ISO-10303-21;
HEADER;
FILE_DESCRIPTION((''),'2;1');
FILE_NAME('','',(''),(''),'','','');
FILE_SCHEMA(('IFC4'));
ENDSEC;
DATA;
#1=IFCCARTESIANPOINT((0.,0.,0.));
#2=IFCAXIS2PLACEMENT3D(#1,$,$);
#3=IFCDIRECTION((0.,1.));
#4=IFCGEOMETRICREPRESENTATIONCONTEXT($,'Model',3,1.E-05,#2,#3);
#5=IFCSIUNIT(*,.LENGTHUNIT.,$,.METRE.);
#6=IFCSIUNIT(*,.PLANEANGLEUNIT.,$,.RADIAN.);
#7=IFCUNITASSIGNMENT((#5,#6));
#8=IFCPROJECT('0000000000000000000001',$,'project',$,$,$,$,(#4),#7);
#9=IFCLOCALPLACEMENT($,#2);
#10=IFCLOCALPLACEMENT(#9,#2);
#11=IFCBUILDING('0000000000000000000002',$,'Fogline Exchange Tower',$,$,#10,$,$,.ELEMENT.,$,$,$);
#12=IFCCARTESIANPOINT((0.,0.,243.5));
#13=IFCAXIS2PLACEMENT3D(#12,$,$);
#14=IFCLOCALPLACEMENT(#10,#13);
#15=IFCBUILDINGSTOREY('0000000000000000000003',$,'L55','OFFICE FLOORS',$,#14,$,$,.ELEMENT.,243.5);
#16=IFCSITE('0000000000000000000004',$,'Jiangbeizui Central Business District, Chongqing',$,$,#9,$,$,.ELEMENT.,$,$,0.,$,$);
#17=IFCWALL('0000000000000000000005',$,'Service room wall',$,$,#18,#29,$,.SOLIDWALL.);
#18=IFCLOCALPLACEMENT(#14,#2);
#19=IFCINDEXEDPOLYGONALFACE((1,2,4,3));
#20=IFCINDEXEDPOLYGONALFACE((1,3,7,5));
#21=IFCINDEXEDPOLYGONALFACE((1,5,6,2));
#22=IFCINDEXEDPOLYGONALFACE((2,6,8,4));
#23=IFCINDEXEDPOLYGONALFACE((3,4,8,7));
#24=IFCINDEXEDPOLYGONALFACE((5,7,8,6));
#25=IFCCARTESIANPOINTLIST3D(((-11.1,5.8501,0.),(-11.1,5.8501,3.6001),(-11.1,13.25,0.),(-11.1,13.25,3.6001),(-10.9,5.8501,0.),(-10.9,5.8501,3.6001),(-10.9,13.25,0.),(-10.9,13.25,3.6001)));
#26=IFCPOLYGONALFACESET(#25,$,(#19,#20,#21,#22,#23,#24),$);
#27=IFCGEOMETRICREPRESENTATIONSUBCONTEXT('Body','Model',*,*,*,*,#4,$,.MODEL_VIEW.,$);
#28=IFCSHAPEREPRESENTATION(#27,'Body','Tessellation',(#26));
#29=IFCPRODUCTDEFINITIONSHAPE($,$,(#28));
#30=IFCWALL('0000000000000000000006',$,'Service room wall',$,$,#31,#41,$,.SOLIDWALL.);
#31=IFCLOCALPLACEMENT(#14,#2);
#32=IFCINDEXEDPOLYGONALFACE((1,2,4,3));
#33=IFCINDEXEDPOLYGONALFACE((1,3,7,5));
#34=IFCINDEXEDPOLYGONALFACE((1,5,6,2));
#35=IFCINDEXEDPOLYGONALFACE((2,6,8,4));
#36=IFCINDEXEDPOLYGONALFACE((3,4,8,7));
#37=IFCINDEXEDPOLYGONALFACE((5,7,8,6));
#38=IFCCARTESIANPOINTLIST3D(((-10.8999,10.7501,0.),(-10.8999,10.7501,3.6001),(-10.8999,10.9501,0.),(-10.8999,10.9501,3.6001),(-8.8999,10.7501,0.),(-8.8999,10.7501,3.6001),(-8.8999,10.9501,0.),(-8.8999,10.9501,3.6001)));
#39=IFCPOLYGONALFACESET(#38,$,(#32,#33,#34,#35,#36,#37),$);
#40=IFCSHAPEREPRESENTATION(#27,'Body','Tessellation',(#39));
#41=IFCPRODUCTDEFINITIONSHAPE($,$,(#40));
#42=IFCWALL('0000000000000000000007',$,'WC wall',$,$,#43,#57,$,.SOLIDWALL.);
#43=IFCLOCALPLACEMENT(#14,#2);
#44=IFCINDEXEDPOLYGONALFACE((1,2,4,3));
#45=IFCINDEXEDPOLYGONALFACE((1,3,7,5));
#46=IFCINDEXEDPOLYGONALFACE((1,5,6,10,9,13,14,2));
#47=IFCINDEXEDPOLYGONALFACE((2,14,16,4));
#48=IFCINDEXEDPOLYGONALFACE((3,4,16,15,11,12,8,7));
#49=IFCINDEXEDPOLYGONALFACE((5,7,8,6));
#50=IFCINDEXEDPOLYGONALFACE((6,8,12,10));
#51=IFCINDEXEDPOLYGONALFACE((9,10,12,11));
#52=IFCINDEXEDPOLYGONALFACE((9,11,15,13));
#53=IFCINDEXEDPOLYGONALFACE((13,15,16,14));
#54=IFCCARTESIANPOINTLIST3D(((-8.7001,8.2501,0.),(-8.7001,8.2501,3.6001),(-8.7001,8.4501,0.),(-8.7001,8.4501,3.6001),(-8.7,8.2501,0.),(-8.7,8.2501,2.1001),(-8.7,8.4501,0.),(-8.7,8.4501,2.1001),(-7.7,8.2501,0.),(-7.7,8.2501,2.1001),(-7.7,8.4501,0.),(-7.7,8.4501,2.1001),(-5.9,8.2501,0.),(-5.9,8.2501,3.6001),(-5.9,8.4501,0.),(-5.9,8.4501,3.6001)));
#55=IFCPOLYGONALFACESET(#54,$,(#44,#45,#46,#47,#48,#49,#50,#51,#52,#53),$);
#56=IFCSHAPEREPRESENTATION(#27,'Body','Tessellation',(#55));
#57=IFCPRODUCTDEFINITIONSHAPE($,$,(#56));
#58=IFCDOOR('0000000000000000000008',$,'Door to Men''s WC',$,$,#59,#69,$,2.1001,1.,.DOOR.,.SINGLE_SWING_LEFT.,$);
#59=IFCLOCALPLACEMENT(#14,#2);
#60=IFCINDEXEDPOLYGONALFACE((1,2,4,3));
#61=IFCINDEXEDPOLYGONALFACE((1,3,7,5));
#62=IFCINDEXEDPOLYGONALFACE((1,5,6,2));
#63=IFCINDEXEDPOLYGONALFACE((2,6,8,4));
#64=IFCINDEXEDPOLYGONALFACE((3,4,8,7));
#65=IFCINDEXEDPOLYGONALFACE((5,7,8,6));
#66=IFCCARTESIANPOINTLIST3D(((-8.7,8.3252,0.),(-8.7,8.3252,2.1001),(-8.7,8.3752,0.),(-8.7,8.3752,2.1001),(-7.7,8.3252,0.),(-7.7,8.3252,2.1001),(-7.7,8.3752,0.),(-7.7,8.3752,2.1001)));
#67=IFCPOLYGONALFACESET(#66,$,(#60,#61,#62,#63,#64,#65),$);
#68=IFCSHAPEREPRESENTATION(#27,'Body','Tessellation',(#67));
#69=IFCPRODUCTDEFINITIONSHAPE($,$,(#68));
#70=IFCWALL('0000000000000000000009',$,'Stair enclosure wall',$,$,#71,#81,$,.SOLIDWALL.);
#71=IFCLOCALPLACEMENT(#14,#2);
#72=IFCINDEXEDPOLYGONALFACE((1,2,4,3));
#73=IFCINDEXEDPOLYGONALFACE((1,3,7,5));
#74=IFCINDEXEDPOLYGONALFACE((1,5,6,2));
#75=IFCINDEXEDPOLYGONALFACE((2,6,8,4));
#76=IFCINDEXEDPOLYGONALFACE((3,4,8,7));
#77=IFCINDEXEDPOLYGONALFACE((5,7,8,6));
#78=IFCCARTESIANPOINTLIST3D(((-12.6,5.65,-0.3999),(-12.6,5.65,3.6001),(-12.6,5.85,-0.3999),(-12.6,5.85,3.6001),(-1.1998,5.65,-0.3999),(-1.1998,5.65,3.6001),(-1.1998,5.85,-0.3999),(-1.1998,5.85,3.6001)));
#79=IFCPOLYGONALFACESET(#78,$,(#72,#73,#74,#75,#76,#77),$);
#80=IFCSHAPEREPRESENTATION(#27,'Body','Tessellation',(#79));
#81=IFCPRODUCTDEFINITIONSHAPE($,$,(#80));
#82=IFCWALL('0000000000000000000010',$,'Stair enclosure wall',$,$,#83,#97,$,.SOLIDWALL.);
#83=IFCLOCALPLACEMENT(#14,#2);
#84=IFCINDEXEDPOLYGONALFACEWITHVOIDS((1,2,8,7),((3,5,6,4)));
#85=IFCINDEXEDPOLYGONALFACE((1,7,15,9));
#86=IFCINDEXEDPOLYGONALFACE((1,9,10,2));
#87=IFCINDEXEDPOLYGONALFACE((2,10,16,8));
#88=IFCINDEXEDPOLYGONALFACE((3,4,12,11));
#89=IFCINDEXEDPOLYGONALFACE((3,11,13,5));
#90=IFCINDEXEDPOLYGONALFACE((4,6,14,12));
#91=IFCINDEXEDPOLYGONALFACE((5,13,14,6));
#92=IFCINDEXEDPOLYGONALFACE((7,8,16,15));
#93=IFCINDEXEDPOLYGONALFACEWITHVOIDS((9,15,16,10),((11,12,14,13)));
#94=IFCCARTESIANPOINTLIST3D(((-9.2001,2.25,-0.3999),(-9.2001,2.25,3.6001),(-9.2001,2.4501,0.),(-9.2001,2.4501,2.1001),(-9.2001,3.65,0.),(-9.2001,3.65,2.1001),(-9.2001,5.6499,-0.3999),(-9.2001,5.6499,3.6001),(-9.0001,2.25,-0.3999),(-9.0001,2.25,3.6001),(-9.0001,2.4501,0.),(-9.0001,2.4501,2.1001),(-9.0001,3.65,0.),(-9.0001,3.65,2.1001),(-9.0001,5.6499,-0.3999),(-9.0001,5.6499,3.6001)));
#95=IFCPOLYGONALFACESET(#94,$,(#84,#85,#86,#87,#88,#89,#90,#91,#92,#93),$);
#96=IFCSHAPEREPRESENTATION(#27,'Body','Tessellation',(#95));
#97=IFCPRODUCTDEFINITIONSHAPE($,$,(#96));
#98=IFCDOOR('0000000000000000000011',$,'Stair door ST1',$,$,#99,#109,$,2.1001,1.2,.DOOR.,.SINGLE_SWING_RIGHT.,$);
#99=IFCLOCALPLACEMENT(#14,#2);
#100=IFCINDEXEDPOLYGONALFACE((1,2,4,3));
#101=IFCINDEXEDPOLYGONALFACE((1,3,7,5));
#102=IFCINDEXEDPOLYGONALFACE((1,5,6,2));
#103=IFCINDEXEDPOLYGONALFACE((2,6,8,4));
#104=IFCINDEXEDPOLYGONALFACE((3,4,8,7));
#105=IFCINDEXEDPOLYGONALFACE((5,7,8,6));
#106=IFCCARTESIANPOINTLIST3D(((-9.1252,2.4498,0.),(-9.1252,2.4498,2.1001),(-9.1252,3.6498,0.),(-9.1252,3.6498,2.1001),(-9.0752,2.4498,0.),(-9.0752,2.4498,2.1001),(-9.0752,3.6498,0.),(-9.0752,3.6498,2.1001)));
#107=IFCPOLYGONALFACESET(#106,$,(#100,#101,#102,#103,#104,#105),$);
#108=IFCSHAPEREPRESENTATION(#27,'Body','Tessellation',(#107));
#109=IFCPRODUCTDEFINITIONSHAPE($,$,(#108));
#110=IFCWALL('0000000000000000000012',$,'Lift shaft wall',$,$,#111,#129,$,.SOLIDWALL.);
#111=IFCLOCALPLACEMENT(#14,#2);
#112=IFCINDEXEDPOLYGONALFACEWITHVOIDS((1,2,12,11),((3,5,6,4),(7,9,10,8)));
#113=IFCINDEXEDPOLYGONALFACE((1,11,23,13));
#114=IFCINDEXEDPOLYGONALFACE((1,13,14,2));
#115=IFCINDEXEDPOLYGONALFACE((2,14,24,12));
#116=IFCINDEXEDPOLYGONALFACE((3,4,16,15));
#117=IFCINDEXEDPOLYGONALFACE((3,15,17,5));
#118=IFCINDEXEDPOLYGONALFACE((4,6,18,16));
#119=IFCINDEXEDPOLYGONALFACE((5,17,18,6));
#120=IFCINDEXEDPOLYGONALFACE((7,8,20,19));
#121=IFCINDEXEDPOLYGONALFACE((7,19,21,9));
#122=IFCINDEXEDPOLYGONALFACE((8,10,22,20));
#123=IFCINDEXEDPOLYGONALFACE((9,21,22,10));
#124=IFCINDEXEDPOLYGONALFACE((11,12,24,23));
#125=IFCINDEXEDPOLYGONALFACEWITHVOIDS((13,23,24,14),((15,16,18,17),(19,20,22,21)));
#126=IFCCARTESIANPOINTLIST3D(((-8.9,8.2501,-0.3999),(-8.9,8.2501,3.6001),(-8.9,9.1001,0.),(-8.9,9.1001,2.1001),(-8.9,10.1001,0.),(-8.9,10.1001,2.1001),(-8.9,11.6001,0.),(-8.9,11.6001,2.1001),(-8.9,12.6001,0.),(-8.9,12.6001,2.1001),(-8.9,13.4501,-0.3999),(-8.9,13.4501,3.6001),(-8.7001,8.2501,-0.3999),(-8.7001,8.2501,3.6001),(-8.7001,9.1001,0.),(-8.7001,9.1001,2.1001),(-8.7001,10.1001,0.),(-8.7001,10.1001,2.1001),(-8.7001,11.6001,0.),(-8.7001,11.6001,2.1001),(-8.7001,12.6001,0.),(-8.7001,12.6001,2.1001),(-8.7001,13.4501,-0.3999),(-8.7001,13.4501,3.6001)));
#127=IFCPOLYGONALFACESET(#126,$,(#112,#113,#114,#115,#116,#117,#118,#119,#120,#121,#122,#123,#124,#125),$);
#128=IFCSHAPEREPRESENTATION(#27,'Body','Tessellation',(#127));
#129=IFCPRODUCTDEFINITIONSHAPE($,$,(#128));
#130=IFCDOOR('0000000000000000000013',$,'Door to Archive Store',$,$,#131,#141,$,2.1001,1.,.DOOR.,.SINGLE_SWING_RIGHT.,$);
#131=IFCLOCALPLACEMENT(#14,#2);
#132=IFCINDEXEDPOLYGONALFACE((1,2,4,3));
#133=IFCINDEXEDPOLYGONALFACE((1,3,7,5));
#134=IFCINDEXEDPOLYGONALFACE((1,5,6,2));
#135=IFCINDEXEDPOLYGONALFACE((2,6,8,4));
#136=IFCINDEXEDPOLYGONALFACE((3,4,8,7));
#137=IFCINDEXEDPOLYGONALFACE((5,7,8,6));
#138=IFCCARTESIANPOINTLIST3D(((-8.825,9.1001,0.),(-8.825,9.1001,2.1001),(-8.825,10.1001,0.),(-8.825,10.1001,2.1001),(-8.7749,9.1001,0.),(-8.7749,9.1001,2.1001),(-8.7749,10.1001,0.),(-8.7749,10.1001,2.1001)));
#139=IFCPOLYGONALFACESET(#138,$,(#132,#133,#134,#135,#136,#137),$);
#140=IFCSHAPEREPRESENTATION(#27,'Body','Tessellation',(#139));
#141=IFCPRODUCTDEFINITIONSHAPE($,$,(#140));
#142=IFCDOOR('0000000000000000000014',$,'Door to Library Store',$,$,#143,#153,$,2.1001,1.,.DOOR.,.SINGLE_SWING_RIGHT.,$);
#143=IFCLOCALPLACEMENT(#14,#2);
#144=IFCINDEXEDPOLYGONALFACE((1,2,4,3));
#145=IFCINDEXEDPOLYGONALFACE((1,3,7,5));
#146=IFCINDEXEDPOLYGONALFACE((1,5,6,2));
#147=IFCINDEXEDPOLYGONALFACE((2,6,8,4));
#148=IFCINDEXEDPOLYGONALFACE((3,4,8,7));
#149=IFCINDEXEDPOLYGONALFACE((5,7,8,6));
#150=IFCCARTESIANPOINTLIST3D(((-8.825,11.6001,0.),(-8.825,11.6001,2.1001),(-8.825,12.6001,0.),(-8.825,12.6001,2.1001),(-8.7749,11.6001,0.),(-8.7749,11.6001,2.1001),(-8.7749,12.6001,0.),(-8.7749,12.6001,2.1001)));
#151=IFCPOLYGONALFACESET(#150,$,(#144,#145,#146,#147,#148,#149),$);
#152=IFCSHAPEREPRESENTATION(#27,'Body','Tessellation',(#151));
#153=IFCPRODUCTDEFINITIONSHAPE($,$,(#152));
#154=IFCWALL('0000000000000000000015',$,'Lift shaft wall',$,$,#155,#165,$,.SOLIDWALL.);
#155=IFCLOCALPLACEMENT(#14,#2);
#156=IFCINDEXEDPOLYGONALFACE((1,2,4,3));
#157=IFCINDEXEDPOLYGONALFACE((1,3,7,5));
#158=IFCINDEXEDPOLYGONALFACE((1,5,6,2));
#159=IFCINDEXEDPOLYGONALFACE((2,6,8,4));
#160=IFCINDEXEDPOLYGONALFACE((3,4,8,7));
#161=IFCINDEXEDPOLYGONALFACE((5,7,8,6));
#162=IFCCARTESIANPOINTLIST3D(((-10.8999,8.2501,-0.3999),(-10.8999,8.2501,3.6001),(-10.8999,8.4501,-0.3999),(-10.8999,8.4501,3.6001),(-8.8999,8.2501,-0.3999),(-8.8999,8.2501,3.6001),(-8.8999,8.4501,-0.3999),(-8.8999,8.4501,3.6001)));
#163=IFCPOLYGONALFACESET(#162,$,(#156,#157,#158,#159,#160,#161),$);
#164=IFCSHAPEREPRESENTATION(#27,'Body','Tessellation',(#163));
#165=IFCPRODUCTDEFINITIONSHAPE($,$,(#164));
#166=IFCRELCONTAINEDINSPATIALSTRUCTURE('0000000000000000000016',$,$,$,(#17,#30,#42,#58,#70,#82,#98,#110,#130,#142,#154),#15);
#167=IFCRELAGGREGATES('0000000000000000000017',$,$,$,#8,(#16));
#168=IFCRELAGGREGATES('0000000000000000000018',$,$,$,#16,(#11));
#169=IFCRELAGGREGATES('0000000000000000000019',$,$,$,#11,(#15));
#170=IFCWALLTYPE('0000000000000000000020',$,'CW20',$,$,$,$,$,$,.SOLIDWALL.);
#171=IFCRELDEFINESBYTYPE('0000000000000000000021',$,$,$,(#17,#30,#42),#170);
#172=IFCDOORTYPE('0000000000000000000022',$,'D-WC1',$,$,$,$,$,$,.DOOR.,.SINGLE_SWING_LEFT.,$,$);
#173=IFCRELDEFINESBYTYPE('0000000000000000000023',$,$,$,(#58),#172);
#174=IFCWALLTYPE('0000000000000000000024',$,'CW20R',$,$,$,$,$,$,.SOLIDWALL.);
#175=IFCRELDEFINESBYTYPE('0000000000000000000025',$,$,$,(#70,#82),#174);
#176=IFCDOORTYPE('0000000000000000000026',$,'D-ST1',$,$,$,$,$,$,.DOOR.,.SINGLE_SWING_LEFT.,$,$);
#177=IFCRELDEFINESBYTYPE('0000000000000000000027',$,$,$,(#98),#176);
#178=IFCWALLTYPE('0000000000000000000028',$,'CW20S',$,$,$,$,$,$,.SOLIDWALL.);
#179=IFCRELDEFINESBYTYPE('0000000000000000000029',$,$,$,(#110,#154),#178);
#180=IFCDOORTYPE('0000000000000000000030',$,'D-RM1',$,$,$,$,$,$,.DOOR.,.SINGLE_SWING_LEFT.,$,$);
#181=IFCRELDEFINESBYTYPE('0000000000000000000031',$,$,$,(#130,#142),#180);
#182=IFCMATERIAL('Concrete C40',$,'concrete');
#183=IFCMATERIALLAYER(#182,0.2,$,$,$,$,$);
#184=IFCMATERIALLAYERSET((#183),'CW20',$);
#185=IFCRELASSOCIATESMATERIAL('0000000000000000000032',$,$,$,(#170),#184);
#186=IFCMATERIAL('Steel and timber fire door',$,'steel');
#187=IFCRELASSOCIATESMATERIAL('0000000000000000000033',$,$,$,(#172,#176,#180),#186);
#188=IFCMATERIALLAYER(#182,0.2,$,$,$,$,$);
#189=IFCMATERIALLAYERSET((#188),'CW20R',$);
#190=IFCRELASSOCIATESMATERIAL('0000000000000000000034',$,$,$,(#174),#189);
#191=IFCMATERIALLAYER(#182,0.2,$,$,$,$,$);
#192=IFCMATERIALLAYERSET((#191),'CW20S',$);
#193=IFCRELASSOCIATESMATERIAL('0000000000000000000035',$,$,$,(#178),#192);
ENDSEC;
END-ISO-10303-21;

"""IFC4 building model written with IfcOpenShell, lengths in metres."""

from ifc_helpers import new_model, si_unit, direction, frame, frame_2d, origin, place, context, subcontext, project, spatial, rectangle, extrude, material, layer, layer_set, type_object, element, fill, save


model = new_model("IFC4")

# Units and contexts
model_context = context("Model", 3, precision=1e-05, world=origin(), true_north=direction((0.0, 1.0)))
body_context = subcontext(model_context, "Body", "Model", "MODEL_VIEW")
ifc_project = project(units=[si_unit("LENGTHUNIT", "METRE"), si_unit("PLANEANGLEUNIT", "RADIAN")], contexts=[model_context])

# Site, building, storey
site_placement = place(None, origin())
site = spatial("IfcSite", under=ifc_project, at=site_placement, Name="Jiangbeizui Central Business District, Chongqing", CompositionType="ELEMENT", RefElevation=0.0)
building_placement = place(site_placement, origin())
building = spatial("IfcBuilding", under=site, at=building_placement, Name="Fogline Exchange Tower", CompositionType="ELEMENT")
storey_placement = place(building_placement, frame((0.0, 0.0, 243.5)))
storey = spatial("IfcBuildingStorey", under=building, at=storey_placement, Name="L55", Description="OFFICE FLOORS", CompositionType="ELEMENT", Elevation=243.5)

# Walls
ifc_material_1 = material(Name="Concrete C40", Category="concrete")
ifc_layer_1 = layer(ifc_material_1, 0.2)
ifc_layer_set_1 = layer_set([ifc_layer_1], Name="CW20")
wall_type_1 = type_object("IfcWallType", Name="CW20", PredefinedType="SOLIDWALL", material=ifc_layer_set_1)
wall_1_placement = place(storey_placement, frame((-11.0, 5.8501, 0.0), z_axis=(0.0, 0.0, 1.0), x_axis=(0.0, 1.0, 0.0)))
element("IfcWall", 1, at=wall_1_placement, inside=storey, type_object=wall_type_1, Name="Service room wall", PredefinedType="SOLIDWALL", context=body_context, shape_type="SweptSolid", body=[
    extrude(rectangle(XDim=7.3999, YDim=0.2, at=frame_2d((3.7, 0.0))), origin(), (0.0, 0.0, 1.0), 3.6001),
])
wall_2_placement = place(storey_placement, frame((-10.8999, 10.8501, 0.0), z_axis=(0.0, 0.0, 1.0), x_axis=(1.0, 0.0, 0.0)))
element("IfcWall", 2, at=wall_2_placement, inside=storey, type_object=wall_type_1, Name="Service room wall", PredefinedType="SOLIDWALL", context=body_context, shape_type="SweptSolid", body=[
    extrude(rectangle(XDim=2.0, YDim=0.2, at=frame_2d((1.0, 0.0))), origin(), (0.0, 0.0, 1.0), 3.6001),
])

# Wall, opening, door
wall_3_placement = place(storey_placement, frame((-8.7, 8.3501, 0.0), z_axis=(0.0, 0.0, 1.0), x_axis=(1.0, 0.0, 0.0)))
wall_3 = element("IfcWall", 3, at=wall_3_placement, inside=storey, type_object=wall_type_1, Name="WC wall", PredefinedType="SOLIDWALL", context=body_context, shape_type="SweptSolid", body=[
    extrude(rectangle(XDim=2.8, YDim=0.2, at=frame_2d((1.3999, 0.0))), origin(), (0.0, 0.0, 1.0), 3.6001),
])
opening_1_placement = place(wall_3_placement, origin())
opening_1 = element("IfcOpeningElement", 4, at=opening_1_placement, cuts=wall_3, PredefinedType="OPENING", context=body_context, shape_type="SweptSolid", body=[
    extrude(rectangle(XDim=1.0, YDim=2.1001, at=frame_2d((0.5, 1.05))), frame((0.0, 0.1099, 0.0), z_axis=(0.0, -1.0, 0.0), x_axis=(1.0, 0.0, 0.0)), (0.0, 0.0, 1.0), 0.22),
])
ifc_material_2 = material(Name="Steel and timber fire door", Category="steel")
door_type_1 = type_object("IfcDoorType", Name="D-WC1", OperationType="SINGLE_SWING_LEFT", PredefinedType="DOOR", material=ifc_material_2)
door_1_placement = place(opening_1_placement, frame((1.0, 0.0, 0.0), z_axis=(0.0, 0.0, 1.0), x_axis=(-1.0, 0.0, 0.0)))
door_1 = element("IfcDoor", 5, at=door_1_placement, inside=storey, type_object=door_type_1, Name="Door to Men's WC", OperationType="SINGLE_SWING_LEFT", OverallHeight=2.1001, OverallWidth=1.0, PredefinedType="DOOR", context=body_context, shape_type="SweptSolid", body=[
    extrude(rectangle(XDim=1.0, YDim=2.1001, at=frame_2d((0.5, 1.05))), frame((0.0, 0.0249, 0.0), z_axis=(0.0, -1.0, 0.0), x_axis=(1.0, 0.0, 0.0)), (0.0, 0.0, 1.0), 0.05),
])
fill(opening_1, door_1)

# Wall
ifc_layer_2 = layer(ifc_material_1, 0.2)
ifc_layer_set_2 = layer_set([ifc_layer_2], Name="CW20R")
wall_type_2 = type_object("IfcWallType", Name="CW20R", PredefinedType="SOLIDWALL", material=ifc_layer_set_2)
wall_4_placement = place(storey_placement, frame((-12.6001, 5.75, -0.3999), z_axis=(0.0, 0.0, 1.0), x_axis=(1.0, 0.0, 0.0)))
element("IfcWall", 6, at=wall_4_placement, inside=storey, type_object=wall_type_2, Name="Stair enclosure wall", PredefinedType="SOLIDWALL", context=body_context, shape_type="SweptSolid", body=[
    extrude(rectangle(XDim=11.4001, YDim=0.2, at=frame_2d((5.7002, 0.0))), origin(), (0.0, 0.0, 1.0), 4.0),
])

# Wall, opening, door
wall_5_placement = place(storey_placement, frame((-9.1001, 2.25, -0.3999), z_axis=(0.0, 0.0, 1.0), x_axis=(0.0, 1.0, 0.0)))
wall_5 = element("IfcWall", 7, at=wall_5_placement, inside=storey, type_object=wall_type_2, Name="Stair enclosure wall", PredefinedType="SOLIDWALL", context=body_context, shape_type="SweptSolid", body=[
    extrude(rectangle(XDim=3.3999, YDim=0.2, at=frame_2d((1.7, 0.0))), origin(), (0.0, 0.0, 1.0), 4.0),
])
opening_2_placement = place(wall_5_placement, frame((0.2, 0.0, 0.3999)))
opening_2 = element("IfcOpeningElement", 8, at=opening_2_placement, cuts=wall_5, PredefinedType="OPENING", context=body_context, shape_type="SweptSolid", body=[
    extrude(rectangle(XDim=1.2, YDim=2.1001, at=frame_2d((0.6001, 1.05))), frame((0.0, 0.1099, 0.0), z_axis=(0.0, -1.0, 0.0), x_axis=(1.0, 0.0, 0.0)), (0.0, 0.0, 1.0), 0.22),
])
door_type_2 = type_object("IfcDoorType", Name="D-ST1", OperationType="SINGLE_SWING_LEFT", PredefinedType="DOOR", material=ifc_material_2)
door_2_placement = place(opening_2_placement, frame((1.2, 0.0, 0.0), z_axis=(0.0, 0.0, 1.0), x_axis=(-1.0, 0.0, 0.0)))
door_2 = element("IfcDoor", 9, at=door_2_placement, inside=storey, type_object=door_type_2, Name="Stair door ST1", OperationType="SINGLE_SWING_RIGHT", OverallHeight=2.1001, OverallWidth=1.2, PredefinedType="DOOR", context=body_context, shape_type="SweptSolid", body=[
    extrude(rectangle(XDim=1.2, YDim=2.1001, at=frame_2d((0.6001, 1.05))), frame((0.0, 0.0249, 0.0), z_axis=(0.0, -1.0, 0.0), x_axis=(1.0, 0.0, 0.0)), (0.0, 0.0, 1.0), 0.05),
])
fill(opening_2, door_2)

# Wall, openings, doors
ifc_layer_3 = layer(ifc_material_1, 0.2)
ifc_layer_set_3 = layer_set([ifc_layer_3], Name="CW20S")
wall_type_3 = type_object("IfcWallType", Name="CW20S", PredefinedType="SOLIDWALL", material=ifc_layer_set_3)
wall_6_placement = place(storey_placement, frame((-8.8, 8.25, -0.3999), z_axis=(0.0, 0.0, 1.0), x_axis=(0.0, 1.0, 0.0)))
wall_6 = element("IfcWall", 10, at=wall_6_placement, inside=storey, type_object=wall_type_3, Name="Lift shaft wall", PredefinedType="SOLIDWALL", context=body_context, shape_type="SweptSolid", body=[
    extrude(rectangle(XDim=5.2, YDim=0.2, at=frame_2d((2.6001, 0.0))), origin(), (0.0, 0.0, 1.0), 4.0),
])
opening_3_placement = place(wall_6_placement, frame((0.8501, 0.0, 0.3999)))
opening_3 = element("IfcOpeningElement", 11, at=opening_3_placement, cuts=wall_6, PredefinedType="OPENING", context=body_context, shape_type="SweptSolid", body=[
    extrude(rectangle(XDim=1.0, YDim=2.1001, at=frame_2d((0.5, 1.05))), frame((0.0, 0.1099, 0.0), z_axis=(0.0, -1.0, 0.0), x_axis=(1.0, 0.0, 0.0)), (0.0, 0.0, 1.0), 0.22),
])
opening_4_placement = place(wall_6_placement, frame((3.3501, 0.0, 0.3999)))
opening_4 = element("IfcOpeningElement", 12, at=opening_4_placement, cuts=wall_6, PredefinedType="OPENING", context=body_context, shape_type="SweptSolid", body=[
    extrude(rectangle(XDim=1.0, YDim=2.1001, at=frame_2d((0.5, 1.05))), frame((0.0, 0.1099, 0.0), z_axis=(0.0, -1.0, 0.0), x_axis=(1.0, 0.0, 0.0)), (0.0, 0.0, 1.0), 0.22),
])
door_type_3 = type_object("IfcDoorType", Name="D-RM1", OperationType="SINGLE_SWING_LEFT", PredefinedType="DOOR", material=ifc_material_2)
door_3_placement = place(opening_3_placement, origin())
door_3 = element("IfcDoor", 13, at=door_3_placement, inside=storey, type_object=door_type_3, Name="Door to Archive Store", OperationType="SINGLE_SWING_RIGHT", OverallHeight=2.1001, OverallWidth=1.0, PredefinedType="DOOR", context=body_context, shape_type="SweptSolid", body=[
    extrude(rectangle(XDim=1.0, YDim=2.1001, at=frame_2d((0.5, 1.05))), frame((0.0, 0.0249, 0.0), z_axis=(0.0, -1.0, 0.0), x_axis=(1.0, 0.0, 0.0)), (0.0, 0.0, 1.0), 0.05),
])
fill(opening_3, door_3)
door_4_placement = place(opening_4_placement, origin())
door_4 = element("IfcDoor", 14, at=door_4_placement, inside=storey, type_object=door_type_3, Name="Door to Library Store", OperationType="SINGLE_SWING_RIGHT", OverallHeight=2.1001, OverallWidth=1.0, PredefinedType="DOOR", context=body_context, shape_type="SweptSolid", body=[
    extrude(rectangle(XDim=1.0, YDim=2.1001, at=frame_2d((0.5, 1.05))), frame((0.0, 0.0249, 0.0), z_axis=(0.0, -1.0, 0.0), x_axis=(1.0, 0.0, 0.0)), (0.0, 0.0, 1.0), 0.05),
])
fill(opening_4, door_4)

# Wall
wall_7_placement = place(storey_placement, frame((-10.8999, 8.3501, -0.3999), z_axis=(0.0, 0.0, 1.0), x_axis=(1.0, 0.0, 0.0)))
element("IfcWall", 15, at=wall_7_placement, inside=storey, type_object=wall_type_3, Name="Lift shaft wall", PredefinedType="SOLIDWALL", context=body_context, shape_type="SweptSolid", body=[
    extrude(rectangle(XDim=2.0, YDim=0.2, at=frame_2d((1.0, 0.0))), origin(), (0.0, 0.0, 1.0), 4.0),
])

save(model, "model.ifc")
